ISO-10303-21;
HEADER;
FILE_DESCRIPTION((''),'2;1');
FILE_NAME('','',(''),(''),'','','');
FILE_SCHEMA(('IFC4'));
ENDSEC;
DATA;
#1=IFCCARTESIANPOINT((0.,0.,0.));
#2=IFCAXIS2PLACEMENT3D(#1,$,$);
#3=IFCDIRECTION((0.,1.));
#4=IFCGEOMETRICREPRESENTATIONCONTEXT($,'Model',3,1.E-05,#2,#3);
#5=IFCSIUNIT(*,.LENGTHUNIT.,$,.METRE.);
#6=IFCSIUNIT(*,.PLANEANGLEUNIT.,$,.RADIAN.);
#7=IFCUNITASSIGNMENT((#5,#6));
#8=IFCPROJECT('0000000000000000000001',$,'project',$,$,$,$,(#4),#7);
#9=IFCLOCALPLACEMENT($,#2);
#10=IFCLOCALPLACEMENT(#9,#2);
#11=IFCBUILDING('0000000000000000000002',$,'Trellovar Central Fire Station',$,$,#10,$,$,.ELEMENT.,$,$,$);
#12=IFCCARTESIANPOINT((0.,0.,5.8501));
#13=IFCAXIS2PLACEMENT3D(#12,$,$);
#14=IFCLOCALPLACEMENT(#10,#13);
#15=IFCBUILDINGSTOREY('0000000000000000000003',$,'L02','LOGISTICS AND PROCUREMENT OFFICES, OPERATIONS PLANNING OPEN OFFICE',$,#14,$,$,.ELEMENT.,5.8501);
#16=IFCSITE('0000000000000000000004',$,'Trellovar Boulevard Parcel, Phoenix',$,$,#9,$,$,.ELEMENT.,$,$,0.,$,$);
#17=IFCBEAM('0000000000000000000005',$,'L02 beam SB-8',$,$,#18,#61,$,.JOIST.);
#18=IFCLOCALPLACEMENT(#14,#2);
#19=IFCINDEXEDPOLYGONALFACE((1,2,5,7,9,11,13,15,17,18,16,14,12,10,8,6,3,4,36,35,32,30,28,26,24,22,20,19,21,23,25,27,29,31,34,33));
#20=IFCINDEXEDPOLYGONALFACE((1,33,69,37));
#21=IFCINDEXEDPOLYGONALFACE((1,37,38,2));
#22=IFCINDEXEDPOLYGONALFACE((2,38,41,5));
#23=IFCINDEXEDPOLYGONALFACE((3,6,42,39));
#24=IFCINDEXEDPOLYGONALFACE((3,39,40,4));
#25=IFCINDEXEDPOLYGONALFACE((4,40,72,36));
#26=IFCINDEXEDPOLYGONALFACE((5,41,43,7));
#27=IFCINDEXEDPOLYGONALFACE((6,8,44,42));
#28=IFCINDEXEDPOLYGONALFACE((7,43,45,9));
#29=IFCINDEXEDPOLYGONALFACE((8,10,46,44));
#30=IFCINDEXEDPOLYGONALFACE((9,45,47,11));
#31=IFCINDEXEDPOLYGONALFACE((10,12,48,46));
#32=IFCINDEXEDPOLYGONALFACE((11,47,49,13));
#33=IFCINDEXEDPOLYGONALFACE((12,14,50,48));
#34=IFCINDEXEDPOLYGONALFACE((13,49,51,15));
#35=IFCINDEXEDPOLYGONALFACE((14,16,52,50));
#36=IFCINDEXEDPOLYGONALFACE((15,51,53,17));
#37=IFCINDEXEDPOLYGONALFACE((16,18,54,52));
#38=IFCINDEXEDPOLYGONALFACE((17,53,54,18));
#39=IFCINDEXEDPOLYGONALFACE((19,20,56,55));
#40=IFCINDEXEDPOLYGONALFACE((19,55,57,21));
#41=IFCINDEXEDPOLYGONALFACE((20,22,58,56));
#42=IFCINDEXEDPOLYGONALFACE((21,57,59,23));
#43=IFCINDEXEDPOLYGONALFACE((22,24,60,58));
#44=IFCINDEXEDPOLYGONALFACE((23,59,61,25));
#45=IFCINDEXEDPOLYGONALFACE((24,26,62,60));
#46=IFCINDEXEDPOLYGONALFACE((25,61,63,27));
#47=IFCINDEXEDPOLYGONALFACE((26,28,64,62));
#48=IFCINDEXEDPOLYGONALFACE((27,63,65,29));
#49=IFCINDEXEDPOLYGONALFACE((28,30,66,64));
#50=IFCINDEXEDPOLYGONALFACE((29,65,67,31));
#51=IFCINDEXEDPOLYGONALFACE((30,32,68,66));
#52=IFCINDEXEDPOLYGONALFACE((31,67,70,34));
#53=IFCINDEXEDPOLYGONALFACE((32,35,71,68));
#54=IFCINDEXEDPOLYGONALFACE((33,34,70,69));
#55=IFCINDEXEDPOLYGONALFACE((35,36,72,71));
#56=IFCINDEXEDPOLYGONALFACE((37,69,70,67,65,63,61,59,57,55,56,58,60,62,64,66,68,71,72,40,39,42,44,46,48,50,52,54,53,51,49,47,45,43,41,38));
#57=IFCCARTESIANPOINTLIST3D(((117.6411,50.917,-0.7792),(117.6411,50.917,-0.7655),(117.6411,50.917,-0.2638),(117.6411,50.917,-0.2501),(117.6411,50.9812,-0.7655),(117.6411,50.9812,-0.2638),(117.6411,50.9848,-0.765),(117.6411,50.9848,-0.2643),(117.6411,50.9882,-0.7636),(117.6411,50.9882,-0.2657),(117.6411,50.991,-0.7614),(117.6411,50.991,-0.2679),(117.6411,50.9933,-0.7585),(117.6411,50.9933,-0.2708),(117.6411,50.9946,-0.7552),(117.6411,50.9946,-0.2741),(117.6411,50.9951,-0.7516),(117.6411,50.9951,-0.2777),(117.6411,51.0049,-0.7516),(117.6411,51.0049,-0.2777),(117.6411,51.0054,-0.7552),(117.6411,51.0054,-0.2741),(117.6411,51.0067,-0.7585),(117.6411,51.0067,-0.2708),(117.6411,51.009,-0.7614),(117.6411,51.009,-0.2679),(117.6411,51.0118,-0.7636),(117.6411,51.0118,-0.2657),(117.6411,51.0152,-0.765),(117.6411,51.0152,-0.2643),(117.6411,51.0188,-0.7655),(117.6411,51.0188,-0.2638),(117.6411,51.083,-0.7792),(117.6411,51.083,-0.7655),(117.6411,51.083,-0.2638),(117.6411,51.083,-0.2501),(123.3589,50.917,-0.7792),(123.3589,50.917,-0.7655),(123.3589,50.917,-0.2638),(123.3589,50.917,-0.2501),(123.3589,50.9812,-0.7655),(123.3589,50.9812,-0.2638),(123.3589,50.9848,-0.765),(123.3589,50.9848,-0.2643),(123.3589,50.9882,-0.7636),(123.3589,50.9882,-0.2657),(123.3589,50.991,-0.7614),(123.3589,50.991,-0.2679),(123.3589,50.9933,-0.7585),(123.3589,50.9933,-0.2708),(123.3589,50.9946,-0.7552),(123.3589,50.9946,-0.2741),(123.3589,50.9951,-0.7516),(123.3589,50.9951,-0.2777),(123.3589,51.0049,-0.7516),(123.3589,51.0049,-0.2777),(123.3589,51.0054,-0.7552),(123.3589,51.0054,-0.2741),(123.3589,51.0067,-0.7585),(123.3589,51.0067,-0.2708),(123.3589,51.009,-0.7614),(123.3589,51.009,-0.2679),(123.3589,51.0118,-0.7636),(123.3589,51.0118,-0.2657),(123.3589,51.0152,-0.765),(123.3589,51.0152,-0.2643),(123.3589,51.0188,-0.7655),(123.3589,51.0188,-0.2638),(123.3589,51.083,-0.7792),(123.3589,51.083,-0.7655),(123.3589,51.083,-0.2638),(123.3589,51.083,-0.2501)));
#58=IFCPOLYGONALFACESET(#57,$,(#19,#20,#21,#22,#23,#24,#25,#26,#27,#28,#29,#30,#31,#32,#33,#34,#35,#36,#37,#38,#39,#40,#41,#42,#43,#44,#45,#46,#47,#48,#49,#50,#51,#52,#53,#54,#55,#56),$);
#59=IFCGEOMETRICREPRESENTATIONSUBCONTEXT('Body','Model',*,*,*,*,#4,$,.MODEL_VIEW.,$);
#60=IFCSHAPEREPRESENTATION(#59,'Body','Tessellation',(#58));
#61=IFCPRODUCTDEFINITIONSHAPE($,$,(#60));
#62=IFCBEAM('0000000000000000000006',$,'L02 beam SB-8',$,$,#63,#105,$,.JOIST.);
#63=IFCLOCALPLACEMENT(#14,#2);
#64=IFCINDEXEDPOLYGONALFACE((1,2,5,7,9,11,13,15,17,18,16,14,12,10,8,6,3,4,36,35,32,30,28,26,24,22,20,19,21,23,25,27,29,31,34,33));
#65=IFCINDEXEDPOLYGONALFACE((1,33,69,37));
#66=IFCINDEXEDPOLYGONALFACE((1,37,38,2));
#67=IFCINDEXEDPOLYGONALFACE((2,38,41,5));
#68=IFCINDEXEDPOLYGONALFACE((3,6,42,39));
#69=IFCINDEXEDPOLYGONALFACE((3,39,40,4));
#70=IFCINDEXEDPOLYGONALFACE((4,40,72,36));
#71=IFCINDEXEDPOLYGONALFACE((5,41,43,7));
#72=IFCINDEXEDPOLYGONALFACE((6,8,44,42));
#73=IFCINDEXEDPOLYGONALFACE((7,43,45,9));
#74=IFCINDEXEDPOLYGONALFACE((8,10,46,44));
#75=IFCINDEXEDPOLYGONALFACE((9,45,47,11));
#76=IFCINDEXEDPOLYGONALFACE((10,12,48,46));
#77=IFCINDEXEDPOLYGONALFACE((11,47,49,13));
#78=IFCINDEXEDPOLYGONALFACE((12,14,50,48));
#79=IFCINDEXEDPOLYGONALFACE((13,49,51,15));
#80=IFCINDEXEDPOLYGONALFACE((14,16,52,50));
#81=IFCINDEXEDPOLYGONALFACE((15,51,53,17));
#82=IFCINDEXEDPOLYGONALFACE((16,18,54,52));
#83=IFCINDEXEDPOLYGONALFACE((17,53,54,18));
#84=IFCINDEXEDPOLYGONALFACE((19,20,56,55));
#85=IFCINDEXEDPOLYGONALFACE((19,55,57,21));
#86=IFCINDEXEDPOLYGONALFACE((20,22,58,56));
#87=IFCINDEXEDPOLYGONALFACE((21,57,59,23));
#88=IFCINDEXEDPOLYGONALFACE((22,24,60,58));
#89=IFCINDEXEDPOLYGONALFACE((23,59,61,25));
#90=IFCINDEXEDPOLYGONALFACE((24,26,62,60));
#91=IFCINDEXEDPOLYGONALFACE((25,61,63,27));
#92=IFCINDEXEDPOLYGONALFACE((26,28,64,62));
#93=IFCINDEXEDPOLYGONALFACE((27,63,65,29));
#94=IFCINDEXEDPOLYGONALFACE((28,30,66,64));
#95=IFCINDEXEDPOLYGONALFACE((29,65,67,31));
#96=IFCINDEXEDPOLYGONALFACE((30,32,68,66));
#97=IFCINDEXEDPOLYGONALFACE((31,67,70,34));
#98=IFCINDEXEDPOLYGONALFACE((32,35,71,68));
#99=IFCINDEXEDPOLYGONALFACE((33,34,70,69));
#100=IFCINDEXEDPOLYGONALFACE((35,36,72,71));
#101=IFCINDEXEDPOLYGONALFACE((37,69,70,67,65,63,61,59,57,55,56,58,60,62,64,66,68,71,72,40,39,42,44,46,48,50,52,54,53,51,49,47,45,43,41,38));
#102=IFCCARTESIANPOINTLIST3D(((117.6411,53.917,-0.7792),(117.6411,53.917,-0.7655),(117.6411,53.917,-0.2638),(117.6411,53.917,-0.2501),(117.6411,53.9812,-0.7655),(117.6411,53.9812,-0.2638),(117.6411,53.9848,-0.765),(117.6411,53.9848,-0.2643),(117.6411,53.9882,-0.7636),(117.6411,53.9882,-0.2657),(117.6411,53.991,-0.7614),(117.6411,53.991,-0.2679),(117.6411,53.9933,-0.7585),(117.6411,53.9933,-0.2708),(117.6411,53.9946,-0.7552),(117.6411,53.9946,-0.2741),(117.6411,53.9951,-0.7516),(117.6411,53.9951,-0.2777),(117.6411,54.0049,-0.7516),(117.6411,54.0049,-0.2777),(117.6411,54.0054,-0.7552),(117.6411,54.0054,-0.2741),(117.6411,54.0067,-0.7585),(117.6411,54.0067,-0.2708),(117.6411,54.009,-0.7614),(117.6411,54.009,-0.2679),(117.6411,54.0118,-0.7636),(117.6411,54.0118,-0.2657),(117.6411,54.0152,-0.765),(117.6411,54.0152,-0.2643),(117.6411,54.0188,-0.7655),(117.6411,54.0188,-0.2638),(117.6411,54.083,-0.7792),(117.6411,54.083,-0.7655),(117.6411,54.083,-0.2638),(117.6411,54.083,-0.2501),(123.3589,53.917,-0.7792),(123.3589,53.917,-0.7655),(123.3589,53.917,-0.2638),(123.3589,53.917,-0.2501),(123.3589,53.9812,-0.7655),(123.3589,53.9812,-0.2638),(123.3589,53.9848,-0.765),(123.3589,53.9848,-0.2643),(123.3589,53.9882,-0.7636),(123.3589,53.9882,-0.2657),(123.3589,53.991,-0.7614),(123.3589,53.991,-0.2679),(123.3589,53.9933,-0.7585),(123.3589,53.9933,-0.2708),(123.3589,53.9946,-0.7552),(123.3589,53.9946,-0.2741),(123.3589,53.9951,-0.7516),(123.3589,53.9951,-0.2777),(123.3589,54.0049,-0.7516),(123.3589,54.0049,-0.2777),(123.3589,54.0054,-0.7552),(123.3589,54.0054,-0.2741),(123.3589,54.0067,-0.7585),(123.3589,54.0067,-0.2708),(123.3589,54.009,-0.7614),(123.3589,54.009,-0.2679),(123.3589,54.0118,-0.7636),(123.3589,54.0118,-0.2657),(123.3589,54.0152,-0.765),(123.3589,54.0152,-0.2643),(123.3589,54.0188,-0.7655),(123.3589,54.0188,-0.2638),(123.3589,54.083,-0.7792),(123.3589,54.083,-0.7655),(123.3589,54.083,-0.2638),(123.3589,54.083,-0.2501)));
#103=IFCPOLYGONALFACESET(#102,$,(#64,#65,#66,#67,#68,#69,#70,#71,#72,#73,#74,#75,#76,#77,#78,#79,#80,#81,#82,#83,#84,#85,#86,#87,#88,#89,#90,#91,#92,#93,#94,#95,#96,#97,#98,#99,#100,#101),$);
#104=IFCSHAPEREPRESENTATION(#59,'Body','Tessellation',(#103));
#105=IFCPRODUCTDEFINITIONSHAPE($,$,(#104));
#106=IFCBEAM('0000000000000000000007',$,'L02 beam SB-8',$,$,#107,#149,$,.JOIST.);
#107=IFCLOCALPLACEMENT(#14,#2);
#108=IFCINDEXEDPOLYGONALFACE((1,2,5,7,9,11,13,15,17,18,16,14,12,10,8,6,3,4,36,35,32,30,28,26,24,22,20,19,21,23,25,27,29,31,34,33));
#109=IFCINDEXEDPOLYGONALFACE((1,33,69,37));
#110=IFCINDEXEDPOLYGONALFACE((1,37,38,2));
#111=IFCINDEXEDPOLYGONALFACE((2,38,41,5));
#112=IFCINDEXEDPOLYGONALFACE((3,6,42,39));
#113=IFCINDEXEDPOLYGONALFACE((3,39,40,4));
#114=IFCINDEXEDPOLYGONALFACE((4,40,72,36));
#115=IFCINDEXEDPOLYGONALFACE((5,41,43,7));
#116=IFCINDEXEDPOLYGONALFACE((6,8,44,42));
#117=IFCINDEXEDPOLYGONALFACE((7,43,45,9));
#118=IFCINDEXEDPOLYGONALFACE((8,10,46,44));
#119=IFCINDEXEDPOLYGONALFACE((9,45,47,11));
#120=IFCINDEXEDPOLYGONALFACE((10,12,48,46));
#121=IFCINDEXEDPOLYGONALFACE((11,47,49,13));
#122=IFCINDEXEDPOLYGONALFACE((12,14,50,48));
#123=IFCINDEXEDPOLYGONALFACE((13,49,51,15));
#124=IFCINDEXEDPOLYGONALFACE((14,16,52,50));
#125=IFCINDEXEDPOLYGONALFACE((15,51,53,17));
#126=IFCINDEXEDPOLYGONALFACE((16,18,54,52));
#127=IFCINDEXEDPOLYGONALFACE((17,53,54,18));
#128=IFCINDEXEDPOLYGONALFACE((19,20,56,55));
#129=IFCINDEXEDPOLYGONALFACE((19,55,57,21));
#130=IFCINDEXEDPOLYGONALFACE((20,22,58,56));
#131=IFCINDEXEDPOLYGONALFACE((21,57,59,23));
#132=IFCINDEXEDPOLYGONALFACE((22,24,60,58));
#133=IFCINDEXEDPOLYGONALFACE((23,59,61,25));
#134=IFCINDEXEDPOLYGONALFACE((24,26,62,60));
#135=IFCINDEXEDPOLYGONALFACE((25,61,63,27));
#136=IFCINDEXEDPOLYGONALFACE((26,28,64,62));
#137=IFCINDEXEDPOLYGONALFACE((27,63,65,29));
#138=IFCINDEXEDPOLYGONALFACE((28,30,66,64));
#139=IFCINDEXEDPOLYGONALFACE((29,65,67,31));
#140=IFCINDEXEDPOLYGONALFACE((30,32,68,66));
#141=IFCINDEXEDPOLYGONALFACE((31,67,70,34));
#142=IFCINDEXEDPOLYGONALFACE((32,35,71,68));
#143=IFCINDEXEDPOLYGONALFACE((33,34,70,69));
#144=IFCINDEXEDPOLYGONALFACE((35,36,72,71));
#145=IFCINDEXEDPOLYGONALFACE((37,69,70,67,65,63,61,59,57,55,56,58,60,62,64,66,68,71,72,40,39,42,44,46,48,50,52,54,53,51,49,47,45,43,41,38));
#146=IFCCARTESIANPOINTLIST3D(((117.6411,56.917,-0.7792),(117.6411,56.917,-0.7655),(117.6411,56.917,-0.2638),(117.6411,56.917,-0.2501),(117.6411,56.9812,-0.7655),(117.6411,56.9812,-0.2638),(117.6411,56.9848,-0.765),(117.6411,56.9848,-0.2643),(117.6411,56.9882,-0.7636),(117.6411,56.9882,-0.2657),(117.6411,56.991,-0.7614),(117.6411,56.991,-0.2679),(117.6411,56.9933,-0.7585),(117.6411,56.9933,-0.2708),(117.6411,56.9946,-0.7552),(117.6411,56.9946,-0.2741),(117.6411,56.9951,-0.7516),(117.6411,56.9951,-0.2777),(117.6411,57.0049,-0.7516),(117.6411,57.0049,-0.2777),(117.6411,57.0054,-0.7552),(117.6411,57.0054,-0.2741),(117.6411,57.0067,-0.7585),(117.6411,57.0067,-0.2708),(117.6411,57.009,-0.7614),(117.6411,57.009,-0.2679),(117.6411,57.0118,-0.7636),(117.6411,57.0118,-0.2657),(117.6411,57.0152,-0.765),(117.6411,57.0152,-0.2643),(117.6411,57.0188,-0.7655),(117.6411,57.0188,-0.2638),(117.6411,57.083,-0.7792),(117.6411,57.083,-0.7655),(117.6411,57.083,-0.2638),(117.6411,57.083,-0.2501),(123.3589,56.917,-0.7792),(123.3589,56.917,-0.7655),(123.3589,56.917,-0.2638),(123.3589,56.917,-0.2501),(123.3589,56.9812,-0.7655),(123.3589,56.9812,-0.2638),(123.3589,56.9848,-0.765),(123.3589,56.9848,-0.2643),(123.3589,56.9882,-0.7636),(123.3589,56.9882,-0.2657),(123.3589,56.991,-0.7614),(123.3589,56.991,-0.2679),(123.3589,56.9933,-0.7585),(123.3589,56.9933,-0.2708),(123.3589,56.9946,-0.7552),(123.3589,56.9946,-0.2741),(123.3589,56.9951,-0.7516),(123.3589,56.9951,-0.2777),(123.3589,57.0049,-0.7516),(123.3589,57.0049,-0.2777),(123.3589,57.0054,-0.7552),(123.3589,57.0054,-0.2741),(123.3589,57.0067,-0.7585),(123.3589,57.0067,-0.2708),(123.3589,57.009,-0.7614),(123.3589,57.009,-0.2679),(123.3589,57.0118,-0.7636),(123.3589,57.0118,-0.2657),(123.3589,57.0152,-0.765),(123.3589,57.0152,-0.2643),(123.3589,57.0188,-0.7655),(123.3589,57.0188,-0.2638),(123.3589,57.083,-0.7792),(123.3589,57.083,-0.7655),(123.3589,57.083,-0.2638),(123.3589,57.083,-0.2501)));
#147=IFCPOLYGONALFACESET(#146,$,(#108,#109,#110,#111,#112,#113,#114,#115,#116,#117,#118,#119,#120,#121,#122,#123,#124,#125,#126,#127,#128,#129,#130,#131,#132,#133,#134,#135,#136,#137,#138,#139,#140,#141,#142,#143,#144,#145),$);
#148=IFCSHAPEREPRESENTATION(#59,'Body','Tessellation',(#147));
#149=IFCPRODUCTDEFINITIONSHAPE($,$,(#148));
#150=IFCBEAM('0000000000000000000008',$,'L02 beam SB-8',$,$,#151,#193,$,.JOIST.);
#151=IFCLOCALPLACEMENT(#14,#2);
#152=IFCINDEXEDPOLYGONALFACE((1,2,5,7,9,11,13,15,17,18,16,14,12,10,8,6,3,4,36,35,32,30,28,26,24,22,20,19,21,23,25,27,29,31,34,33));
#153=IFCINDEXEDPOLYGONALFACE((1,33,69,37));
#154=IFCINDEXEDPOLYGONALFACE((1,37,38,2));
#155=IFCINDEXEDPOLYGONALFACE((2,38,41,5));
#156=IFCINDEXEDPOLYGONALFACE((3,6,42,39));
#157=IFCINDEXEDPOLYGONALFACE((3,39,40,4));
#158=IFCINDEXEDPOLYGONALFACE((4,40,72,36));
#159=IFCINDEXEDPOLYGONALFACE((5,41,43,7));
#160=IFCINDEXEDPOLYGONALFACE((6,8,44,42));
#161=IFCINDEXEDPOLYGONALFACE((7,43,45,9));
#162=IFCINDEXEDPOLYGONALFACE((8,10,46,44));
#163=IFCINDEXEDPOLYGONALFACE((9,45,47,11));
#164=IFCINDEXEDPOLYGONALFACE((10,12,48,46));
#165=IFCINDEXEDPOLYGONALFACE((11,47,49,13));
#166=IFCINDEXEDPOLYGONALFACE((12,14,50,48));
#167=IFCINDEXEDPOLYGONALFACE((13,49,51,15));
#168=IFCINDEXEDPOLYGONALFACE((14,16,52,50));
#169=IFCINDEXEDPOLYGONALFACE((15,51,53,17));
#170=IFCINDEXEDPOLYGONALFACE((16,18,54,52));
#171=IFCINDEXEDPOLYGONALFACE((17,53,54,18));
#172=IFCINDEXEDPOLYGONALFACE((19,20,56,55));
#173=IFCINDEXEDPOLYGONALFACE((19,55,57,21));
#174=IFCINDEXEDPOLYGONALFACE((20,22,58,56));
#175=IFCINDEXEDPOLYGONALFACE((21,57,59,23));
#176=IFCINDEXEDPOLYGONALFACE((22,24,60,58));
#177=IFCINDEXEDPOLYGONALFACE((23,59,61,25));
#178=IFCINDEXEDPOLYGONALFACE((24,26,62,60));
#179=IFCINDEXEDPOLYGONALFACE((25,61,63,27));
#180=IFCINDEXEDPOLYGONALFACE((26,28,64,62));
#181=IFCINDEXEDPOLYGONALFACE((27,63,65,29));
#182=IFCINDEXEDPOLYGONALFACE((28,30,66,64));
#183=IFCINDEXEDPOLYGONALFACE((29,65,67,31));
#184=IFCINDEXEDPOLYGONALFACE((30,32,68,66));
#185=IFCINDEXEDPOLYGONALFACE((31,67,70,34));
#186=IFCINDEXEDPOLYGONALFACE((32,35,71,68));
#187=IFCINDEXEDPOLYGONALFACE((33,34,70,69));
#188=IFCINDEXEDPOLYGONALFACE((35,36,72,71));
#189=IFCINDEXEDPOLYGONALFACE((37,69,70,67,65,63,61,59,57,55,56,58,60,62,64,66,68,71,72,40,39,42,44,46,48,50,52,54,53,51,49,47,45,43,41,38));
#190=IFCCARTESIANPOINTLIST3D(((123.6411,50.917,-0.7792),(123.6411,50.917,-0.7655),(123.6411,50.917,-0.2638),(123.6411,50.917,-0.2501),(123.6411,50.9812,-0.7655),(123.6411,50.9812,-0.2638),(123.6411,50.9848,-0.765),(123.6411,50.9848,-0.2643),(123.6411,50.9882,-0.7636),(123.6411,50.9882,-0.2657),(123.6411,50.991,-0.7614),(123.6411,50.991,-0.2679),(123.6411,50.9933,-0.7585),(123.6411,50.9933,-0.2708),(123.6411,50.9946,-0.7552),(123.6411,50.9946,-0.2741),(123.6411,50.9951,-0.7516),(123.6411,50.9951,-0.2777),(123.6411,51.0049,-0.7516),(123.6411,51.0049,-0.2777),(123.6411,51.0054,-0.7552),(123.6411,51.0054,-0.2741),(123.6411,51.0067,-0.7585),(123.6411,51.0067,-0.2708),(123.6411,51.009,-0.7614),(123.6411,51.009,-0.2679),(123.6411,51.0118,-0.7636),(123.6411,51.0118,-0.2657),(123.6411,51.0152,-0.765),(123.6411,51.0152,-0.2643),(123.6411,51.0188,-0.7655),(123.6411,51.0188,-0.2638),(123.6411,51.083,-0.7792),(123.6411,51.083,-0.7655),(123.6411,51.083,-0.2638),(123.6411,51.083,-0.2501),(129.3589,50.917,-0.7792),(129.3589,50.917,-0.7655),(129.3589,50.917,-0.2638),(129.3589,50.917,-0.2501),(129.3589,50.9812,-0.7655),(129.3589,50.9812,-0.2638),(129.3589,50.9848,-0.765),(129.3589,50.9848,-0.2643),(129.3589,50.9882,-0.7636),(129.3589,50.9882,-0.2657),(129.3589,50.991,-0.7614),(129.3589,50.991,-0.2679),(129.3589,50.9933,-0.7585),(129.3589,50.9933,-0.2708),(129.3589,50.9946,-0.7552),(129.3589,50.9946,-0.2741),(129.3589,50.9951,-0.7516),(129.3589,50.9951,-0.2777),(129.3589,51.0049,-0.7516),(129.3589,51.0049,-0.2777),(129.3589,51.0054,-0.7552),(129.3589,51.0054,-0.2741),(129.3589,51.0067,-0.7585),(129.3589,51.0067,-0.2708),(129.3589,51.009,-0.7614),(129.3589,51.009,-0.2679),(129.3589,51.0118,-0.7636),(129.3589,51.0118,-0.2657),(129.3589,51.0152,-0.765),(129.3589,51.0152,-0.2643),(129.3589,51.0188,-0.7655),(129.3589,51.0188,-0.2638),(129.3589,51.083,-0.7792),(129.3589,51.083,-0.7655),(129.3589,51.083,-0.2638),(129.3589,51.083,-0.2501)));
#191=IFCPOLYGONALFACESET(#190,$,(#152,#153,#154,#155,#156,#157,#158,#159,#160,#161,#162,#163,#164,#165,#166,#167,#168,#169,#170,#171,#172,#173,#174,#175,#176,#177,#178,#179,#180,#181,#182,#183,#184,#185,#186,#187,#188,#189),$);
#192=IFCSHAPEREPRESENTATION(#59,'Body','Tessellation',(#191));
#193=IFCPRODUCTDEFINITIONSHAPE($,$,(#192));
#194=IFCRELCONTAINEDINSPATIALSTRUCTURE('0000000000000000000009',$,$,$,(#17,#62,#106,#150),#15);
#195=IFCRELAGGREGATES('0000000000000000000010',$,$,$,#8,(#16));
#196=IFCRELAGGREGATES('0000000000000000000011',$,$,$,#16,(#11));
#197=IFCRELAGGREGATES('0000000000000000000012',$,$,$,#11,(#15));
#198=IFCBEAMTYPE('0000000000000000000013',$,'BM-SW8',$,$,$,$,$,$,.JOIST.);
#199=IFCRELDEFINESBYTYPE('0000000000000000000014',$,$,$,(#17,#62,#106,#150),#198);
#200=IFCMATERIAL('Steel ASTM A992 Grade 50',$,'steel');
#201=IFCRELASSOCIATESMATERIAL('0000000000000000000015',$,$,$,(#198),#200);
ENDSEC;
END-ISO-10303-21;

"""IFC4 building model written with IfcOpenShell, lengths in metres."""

from ifc_helpers import new_model, si_unit, direction, frame, origin, origin_2d, place, context, subcontext, project, spatial, i_section, extrude, material, material_profile, profile_set, type_object, element, save


model = new_model("IFC4")

# Units and contexts
model_context = context("Model", 3, precision=1e-05, world=origin(), true_north=direction((0.0, 1.0)))
body_context = subcontext(model_context, "Body", "Model", "MODEL_VIEW")
ifc_project = project(units=[si_unit("LENGTHUNIT", "METRE"), si_unit("PLANEANGLEUNIT", "RADIAN")], contexts=[model_context])

# Site, building, storey
site_placement = place(None, origin())
site = spatial("IfcSite", under=ifc_project, at=site_placement, Name="Trellovar Boulevard Parcel, Phoenix", CompositionType="ELEMENT", RefElevation=0.0)
building_placement = place(site_placement, origin())
building = spatial("IfcBuilding", under=site, at=building_placement, Name="Trellovar Central Fire Station", CompositionType="ELEMENT")
storey_placement = place(building_placement, frame((0.0, 0.0, 5.8501)))
storey = spatial("IfcBuildingStorey", under=building, at=storey_placement, Name="L02", Description="LOGISTICS AND PROCUREMENT OFFICES, OPERATIONS PLANNING OPEN OFFICE", CompositionType="ELEMENT", Elevation=5.8501)

# Beams
ifc_material_1 = material(Name="Steel ASTM A992 Grade 50", Category="steel")
ifc_material_profile_1 = material_profile(ifc_material_1, i_section(OverallWidth=0.166, OverallDepth=0.5291, WebThickness=0.0098, FlangeThickness=0.0137, FilletRadius=0.0139, at=origin_2d()), Name="W21X50")
ifc_profile_set_1 = profile_set([ifc_material_profile_1], Name="Steel ASTM A992 Grade 50")
beam_type_1 = type_object("IfcBeamType", Name="BM-SW8", PredefinedType="JOIST", material=ifc_profile_set_1)
for number, where, z_axis, x_axis, name in (
    (1, (117.6411, 51.0, -0.5146), (1.0, 0.0, 0.0), (0.0, 1.0, 0.0), "L02 beam SB-8"),
    (2, (117.6411, 54.0, -0.5146), (1.0, 0.0, 0.0), (0.0, 1.0, 0.0), "L02 beam SB-8"),
    (3, (117.6411, 57.0, -0.5146), (1.0, 0.0, 0.0), (0.0, 1.0, 0.0), "L02 beam SB-8"),
    (4, (123.6411, 51.0, -0.5146), (1.0, 0.0, 0.0), (0.0, 1.0, 0.0), "L02 beam SB-8"),
):
    element("IfcBeam", number, at=place(storey_placement, frame(where, z_axis=z_axis, x_axis=x_axis)), inside=storey, type_object=beam_type_1, Name=name, PredefinedType="JOIST", context=body_context, shape_type="SweptSolid", body=[
        extrude(i_section(OverallWidth=0.166, OverallDepth=0.5291, WebThickness=0.0098, FlangeThickness=0.0137, FilletRadius=0.0139, at=origin_2d()), origin(), (0.0, 0.0, 1.0), 5.7178),
    ])

save(model, "model.ifc")
